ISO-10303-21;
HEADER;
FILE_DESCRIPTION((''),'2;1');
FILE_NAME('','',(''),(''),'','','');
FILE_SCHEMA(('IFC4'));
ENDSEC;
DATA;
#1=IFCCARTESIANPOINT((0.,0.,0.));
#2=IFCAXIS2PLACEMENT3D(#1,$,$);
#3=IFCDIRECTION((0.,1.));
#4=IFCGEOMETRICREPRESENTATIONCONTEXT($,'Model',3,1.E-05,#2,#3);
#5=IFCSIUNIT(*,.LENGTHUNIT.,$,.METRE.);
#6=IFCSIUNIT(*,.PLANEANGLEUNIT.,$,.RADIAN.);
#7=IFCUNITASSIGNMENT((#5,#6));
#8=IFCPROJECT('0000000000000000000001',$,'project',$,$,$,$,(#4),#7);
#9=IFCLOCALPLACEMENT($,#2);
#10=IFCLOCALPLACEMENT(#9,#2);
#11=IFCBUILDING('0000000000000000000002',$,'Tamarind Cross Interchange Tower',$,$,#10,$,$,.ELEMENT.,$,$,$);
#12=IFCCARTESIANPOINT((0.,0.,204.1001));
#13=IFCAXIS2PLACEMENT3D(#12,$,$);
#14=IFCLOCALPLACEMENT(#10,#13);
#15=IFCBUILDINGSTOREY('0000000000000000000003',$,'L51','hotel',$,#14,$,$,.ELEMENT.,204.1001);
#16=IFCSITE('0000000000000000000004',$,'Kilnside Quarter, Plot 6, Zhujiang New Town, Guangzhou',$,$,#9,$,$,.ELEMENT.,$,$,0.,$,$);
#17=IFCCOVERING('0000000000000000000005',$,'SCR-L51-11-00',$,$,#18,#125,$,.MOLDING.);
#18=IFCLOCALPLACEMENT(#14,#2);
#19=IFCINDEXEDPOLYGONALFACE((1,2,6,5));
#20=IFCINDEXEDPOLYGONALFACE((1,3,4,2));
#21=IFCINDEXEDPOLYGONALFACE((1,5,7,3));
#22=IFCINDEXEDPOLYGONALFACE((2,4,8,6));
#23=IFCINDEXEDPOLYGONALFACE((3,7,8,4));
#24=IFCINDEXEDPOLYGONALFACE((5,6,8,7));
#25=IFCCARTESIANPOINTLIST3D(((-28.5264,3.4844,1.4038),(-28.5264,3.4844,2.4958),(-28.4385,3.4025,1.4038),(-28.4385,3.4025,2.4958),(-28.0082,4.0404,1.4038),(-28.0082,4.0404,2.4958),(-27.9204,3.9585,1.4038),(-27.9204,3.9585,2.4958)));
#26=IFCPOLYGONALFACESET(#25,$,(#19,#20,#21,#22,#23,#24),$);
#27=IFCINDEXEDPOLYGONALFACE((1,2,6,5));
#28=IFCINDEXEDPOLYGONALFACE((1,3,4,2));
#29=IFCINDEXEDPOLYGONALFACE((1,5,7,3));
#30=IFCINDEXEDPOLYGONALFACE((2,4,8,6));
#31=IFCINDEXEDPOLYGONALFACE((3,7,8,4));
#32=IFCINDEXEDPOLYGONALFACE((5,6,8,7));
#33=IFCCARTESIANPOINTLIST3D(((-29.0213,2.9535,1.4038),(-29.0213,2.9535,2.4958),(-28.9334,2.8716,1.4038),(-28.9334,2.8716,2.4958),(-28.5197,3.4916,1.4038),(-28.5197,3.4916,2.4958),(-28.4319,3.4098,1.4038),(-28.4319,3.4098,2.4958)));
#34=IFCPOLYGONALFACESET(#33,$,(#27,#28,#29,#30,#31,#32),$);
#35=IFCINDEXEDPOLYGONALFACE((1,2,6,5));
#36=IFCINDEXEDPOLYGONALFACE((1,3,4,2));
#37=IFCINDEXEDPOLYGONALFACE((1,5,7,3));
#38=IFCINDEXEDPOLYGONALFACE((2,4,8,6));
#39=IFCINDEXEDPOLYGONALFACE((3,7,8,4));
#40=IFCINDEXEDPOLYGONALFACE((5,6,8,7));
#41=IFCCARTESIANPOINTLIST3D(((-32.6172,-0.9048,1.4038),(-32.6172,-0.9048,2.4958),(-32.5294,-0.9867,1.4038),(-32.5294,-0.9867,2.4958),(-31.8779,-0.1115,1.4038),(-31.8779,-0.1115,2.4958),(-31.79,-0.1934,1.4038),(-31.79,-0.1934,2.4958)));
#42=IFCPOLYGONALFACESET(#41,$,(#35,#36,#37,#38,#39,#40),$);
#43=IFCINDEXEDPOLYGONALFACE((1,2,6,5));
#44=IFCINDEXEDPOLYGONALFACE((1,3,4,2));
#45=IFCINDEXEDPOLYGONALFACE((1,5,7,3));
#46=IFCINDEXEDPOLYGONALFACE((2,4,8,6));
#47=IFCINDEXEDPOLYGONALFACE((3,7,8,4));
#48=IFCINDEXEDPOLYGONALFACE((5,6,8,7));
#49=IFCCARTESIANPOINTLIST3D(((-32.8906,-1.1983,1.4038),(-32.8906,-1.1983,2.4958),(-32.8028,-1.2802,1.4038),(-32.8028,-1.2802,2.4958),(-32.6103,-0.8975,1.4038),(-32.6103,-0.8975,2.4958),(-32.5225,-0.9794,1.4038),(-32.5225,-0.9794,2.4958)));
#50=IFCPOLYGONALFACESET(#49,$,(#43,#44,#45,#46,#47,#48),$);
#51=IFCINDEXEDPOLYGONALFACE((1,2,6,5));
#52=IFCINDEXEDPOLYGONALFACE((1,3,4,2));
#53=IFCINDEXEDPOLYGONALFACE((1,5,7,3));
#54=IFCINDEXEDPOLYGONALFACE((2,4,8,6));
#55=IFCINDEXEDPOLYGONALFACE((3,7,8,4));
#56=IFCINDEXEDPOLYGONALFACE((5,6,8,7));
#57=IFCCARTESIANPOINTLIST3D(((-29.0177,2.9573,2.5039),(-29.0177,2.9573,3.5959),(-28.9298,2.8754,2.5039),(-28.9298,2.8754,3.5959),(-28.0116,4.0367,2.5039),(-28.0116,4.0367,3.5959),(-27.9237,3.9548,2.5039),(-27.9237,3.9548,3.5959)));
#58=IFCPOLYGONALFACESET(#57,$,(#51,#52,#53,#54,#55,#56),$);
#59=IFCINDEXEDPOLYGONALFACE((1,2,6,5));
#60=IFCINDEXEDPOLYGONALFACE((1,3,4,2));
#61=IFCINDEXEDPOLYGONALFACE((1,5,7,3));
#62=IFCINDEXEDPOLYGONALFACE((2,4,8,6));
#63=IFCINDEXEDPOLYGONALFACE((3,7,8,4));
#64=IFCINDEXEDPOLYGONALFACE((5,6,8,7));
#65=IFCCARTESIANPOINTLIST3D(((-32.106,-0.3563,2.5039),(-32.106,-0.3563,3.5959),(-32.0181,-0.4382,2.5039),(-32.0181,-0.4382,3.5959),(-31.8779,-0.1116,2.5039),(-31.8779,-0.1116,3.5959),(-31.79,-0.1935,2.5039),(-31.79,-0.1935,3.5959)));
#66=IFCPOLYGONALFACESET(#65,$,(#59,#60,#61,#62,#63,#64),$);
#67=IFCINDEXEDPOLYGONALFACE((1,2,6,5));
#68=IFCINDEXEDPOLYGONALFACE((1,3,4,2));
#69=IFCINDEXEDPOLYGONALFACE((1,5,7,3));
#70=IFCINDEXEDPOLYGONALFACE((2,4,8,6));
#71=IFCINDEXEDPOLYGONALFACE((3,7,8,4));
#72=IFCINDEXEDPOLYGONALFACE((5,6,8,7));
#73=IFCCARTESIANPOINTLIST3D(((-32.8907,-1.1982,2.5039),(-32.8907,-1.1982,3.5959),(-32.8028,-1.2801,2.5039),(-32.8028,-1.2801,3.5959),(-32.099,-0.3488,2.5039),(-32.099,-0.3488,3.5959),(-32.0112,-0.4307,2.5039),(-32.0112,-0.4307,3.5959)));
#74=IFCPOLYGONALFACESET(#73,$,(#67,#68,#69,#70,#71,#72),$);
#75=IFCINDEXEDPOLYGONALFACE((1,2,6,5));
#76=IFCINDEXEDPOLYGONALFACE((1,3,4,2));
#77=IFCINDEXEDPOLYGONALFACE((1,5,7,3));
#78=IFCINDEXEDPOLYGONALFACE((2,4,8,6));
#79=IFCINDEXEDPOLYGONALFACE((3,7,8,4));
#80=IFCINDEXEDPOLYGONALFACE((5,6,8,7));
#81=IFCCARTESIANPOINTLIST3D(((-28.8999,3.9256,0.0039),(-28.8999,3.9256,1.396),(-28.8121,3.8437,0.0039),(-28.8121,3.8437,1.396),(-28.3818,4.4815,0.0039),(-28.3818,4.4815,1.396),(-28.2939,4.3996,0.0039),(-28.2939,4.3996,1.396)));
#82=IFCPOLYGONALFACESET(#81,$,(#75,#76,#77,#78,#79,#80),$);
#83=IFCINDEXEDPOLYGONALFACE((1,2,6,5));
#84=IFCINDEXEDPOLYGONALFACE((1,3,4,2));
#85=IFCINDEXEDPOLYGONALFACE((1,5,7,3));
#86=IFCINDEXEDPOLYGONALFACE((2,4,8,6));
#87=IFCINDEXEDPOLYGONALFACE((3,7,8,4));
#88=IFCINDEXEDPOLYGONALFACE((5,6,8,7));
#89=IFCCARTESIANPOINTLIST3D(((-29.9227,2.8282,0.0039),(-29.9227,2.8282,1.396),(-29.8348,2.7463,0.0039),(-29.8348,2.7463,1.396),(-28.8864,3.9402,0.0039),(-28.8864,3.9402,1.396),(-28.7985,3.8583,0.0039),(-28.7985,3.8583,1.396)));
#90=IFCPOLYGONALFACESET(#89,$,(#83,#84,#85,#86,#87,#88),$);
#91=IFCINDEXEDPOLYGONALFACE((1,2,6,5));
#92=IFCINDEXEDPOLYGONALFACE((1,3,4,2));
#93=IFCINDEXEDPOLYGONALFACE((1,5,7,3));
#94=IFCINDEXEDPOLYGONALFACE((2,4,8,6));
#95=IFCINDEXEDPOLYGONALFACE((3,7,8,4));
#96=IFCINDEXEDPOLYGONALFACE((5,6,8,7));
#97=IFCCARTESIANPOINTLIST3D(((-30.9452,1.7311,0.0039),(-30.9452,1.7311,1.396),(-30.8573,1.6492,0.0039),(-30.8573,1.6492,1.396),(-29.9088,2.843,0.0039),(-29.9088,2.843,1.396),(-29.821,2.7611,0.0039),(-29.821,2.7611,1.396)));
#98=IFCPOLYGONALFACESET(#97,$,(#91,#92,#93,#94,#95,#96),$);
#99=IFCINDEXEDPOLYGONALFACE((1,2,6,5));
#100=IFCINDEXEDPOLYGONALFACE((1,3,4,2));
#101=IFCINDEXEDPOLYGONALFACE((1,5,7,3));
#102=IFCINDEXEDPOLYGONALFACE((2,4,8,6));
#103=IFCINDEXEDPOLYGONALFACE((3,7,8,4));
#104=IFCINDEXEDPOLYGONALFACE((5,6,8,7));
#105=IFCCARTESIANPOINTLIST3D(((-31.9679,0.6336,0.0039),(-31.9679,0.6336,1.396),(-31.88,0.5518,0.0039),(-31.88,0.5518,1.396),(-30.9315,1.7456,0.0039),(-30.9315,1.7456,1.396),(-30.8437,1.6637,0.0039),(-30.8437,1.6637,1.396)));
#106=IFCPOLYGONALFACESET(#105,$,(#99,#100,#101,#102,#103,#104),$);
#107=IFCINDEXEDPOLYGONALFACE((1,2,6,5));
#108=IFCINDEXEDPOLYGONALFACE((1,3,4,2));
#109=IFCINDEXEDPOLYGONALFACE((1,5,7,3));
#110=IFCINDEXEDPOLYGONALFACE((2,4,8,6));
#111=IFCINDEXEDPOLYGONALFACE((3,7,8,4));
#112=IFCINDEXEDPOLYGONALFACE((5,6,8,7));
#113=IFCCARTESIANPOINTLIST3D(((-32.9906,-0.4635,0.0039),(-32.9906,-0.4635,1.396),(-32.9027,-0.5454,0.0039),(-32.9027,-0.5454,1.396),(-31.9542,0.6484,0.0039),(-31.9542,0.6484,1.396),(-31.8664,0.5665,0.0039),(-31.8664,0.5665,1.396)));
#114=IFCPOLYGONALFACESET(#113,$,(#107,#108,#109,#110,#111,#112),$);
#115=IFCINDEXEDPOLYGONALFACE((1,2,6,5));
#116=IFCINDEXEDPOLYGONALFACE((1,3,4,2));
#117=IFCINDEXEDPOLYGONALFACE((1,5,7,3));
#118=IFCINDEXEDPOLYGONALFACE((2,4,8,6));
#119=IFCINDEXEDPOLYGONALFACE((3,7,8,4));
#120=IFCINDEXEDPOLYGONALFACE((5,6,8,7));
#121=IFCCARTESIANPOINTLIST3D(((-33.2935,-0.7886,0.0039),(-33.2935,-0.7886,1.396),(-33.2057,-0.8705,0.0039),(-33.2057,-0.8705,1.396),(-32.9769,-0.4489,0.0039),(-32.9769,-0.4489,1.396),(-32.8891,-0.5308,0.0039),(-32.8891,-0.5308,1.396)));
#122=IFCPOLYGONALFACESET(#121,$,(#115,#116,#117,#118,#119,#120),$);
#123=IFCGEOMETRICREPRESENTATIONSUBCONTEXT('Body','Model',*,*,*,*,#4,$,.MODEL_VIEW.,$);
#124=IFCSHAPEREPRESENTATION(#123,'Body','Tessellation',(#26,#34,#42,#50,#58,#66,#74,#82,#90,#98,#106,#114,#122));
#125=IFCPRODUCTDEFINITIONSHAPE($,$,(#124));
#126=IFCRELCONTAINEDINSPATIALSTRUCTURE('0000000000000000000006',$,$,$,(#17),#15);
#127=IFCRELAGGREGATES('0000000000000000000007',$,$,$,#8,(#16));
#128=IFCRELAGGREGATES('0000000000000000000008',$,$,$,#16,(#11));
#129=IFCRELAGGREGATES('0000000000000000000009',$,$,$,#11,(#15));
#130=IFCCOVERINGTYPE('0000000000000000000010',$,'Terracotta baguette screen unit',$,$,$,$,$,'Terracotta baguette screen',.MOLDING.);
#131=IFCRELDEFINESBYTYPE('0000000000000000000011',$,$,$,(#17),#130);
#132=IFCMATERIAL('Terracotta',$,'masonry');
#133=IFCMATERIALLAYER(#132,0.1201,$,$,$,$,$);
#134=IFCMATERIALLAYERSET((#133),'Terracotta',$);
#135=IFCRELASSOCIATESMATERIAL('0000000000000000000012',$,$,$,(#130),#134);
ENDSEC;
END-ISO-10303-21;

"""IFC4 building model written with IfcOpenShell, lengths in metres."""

from ifc_helpers import new_model, si_unit, direction, frame, origin, origin_2d, place, context, subcontext, project, spatial, rectangle, extrude, material, layer, layer_set, type_object, element, save


model = new_model("IFC4")

# Units and contexts
model_context = context("Model", 3, precision=1e-05, world=origin(), true_north=direction((0.0, 1.0)))
body_context = subcontext(model_context, "Body", "Model", "MODEL_VIEW")
ifc_project = project(units=[si_unit("LENGTHUNIT", "METRE"), si_unit("PLANEANGLEUNIT", "RADIAN")], contexts=[model_context])

# Site, building, storey
site_placement = place(None, origin())
site = spatial("IfcSite", under=ifc_project, at=site_placement, Name="Kilnside Quarter, Plot 6, Zhujiang New Town, Guangzhou", CompositionType="ELEMENT", RefElevation=0.0)
building_placement = place(site_placement, origin())
building = spatial("IfcBuilding", under=site, at=building_placement, Name="Tamarind Cross Interchange Tower", CompositionType="ELEMENT")
storey_placement = place(building_placement, frame((0.0, 0.0, 204.1001)))
storey = spatial("IfcBuildingStorey", under=building, at=storey_placement, Name="L51", Description="hotel", CompositionType="ELEMENT", Elevation=204.1001)

# Covering
ifc_material_1 = material(Name="Terracotta", Category="masonry")
ifc_layer_1 = layer(ifc_material_1, 0.1201)
ifc_layer_set_1 = layer_set([ifc_layer_1], Name="Terracotta")
covering_type = type_object("IfcCoveringType", Name="Terracotta baguette screen unit", ElementType="Terracotta baguette screen", PredefinedType="MOLDING", material=ifc_layer_set_1)
covering_1_placement = place(storey_placement, origin())
element("IfcCovering", 1, at=covering_1_placement, inside=storey, type_object=covering_type, Name="SCR-L51-11-00", PredefinedType="MOLDING", context=body_context, shape_type="SweptSolid", body=[
    extrude(rectangle(XDim=0.76, YDim=0.1201, at=origin_2d()), frame((-28.2234, 3.7214, 1.4038), z_axis=(0.0, 0.0, 1.0), x_axis=(-0.681794, -0.731544, 0.0)), (0.0, 0.0, 1.0), 1.092),
    extrude(rectangle(XDim=0.7356, YDim=0.1201, at=origin_2d()), frame((-28.7266, 3.1816, 1.4038), z_axis=(0.0, 0.0, 1.0), x_axis=(-0.681794, -0.731544, 0.0)), (0.0, 0.0, 1.0), 1.092),
    extrude(rectangle(XDim=1.0845, YDim=0.1201, at=origin_2d()), frame((-32.2036, -0.5491, 1.4038), z_axis=(0.0, 0.0, 1.0), x_axis=(-0.681794, -0.731544, 0.0)), (0.0, 0.0, 1.0), 1.092),
    extrude(rectangle(XDim=0.4111, YDim=0.1201, at=origin_2d()), frame((-32.7065, -1.0889, 1.4038), z_axis=(0.0, 0.0, 1.0), x_axis=(-0.681794, -0.731544, 0.0)), (0.0, 0.0, 1.0), 1.092),
    extrude(rectangle(XDim=1.4756, YDim=0.1201, at=origin_2d()), frame((-28.4707, 3.4561, 2.5039), z_axis=(0.0, 0.0, 1.0), x_axis=(-0.681794, -0.731544, 0.0)), (0.0, 0.0, 1.0), 1.092),
    extrude(rectangle(XDim=0.3345, YDim=0.1201, at=origin_2d()), frame((-31.948, -0.2749, 2.5039), z_axis=(0.0, 0.0, 1.0), x_axis=(-0.681794, -0.731544, 0.0)), (0.0, 0.0, 1.0), 1.092),
    extrude(rectangle(XDim=1.1611, YDim=0.1201, at=origin_2d()), frame((-32.4509, -0.8145, 2.5039), z_axis=(0.0, 0.0, 1.0), x_axis=(-0.681794, -0.731544, 0.0)), (0.0, 0.0, 1.0), 1.092),
    extrude(rectangle(XDim=0.76, YDim=0.1201, at=origin_2d()), frame((-28.5969, 4.1626, 0.0039), z_axis=(0.0, 0.0, 1.0), x_axis=(-0.681794, -0.731544, 0.0)), (0.0, 0.0, 1.0), 1.3921),
    extrude(rectangle(XDim=1.52, YDim=0.1201, at=origin_2d()), frame((-29.3606, 3.3433, 0.0039), z_axis=(0.0, 0.0, 1.0), x_axis=(-0.681794, -0.731544, 0.0)), (0.0, 0.0, 1.0), 1.3921),
    extrude(rectangle(XDim=1.52, YDim=0.1201, at=origin_2d()), frame((-30.3831, 2.2461, 0.0039), z_axis=(0.0, 0.0, 1.0), x_axis=(-0.681794, -0.731544, 0.0)), (0.0, 0.0, 1.0), 1.3921),
    extrude(rectangle(XDim=1.52, YDim=0.1201, at=origin_2d()), frame((-31.4058, 1.1487, 0.0039), z_axis=(0.0, 0.0, 1.0), x_axis=(-0.681794, -0.731544, 0.0)), (0.0, 0.0, 1.0), 1.3921),
    extrude(rectangle(XDim=1.52, YDim=0.1201, at=origin_2d()), frame((-32.4285, 0.0515, 0.0039), z_axis=(0.0, 0.0, 1.0), x_axis=(-0.681794, -0.731544, 0.0)), (0.0, 0.0, 1.0), 1.3921),
    extrude(rectangle(XDim=0.4644, YDim=0.1201, at=origin_2d()), frame((-33.0913, -0.6597, 0.0039), z_axis=(0.0, 0.0, 1.0), x_axis=(-0.681794, -0.731544, 0.0)), (0.0, 0.0, 1.0), 1.3921),
])

save(model, "model.ifc")
